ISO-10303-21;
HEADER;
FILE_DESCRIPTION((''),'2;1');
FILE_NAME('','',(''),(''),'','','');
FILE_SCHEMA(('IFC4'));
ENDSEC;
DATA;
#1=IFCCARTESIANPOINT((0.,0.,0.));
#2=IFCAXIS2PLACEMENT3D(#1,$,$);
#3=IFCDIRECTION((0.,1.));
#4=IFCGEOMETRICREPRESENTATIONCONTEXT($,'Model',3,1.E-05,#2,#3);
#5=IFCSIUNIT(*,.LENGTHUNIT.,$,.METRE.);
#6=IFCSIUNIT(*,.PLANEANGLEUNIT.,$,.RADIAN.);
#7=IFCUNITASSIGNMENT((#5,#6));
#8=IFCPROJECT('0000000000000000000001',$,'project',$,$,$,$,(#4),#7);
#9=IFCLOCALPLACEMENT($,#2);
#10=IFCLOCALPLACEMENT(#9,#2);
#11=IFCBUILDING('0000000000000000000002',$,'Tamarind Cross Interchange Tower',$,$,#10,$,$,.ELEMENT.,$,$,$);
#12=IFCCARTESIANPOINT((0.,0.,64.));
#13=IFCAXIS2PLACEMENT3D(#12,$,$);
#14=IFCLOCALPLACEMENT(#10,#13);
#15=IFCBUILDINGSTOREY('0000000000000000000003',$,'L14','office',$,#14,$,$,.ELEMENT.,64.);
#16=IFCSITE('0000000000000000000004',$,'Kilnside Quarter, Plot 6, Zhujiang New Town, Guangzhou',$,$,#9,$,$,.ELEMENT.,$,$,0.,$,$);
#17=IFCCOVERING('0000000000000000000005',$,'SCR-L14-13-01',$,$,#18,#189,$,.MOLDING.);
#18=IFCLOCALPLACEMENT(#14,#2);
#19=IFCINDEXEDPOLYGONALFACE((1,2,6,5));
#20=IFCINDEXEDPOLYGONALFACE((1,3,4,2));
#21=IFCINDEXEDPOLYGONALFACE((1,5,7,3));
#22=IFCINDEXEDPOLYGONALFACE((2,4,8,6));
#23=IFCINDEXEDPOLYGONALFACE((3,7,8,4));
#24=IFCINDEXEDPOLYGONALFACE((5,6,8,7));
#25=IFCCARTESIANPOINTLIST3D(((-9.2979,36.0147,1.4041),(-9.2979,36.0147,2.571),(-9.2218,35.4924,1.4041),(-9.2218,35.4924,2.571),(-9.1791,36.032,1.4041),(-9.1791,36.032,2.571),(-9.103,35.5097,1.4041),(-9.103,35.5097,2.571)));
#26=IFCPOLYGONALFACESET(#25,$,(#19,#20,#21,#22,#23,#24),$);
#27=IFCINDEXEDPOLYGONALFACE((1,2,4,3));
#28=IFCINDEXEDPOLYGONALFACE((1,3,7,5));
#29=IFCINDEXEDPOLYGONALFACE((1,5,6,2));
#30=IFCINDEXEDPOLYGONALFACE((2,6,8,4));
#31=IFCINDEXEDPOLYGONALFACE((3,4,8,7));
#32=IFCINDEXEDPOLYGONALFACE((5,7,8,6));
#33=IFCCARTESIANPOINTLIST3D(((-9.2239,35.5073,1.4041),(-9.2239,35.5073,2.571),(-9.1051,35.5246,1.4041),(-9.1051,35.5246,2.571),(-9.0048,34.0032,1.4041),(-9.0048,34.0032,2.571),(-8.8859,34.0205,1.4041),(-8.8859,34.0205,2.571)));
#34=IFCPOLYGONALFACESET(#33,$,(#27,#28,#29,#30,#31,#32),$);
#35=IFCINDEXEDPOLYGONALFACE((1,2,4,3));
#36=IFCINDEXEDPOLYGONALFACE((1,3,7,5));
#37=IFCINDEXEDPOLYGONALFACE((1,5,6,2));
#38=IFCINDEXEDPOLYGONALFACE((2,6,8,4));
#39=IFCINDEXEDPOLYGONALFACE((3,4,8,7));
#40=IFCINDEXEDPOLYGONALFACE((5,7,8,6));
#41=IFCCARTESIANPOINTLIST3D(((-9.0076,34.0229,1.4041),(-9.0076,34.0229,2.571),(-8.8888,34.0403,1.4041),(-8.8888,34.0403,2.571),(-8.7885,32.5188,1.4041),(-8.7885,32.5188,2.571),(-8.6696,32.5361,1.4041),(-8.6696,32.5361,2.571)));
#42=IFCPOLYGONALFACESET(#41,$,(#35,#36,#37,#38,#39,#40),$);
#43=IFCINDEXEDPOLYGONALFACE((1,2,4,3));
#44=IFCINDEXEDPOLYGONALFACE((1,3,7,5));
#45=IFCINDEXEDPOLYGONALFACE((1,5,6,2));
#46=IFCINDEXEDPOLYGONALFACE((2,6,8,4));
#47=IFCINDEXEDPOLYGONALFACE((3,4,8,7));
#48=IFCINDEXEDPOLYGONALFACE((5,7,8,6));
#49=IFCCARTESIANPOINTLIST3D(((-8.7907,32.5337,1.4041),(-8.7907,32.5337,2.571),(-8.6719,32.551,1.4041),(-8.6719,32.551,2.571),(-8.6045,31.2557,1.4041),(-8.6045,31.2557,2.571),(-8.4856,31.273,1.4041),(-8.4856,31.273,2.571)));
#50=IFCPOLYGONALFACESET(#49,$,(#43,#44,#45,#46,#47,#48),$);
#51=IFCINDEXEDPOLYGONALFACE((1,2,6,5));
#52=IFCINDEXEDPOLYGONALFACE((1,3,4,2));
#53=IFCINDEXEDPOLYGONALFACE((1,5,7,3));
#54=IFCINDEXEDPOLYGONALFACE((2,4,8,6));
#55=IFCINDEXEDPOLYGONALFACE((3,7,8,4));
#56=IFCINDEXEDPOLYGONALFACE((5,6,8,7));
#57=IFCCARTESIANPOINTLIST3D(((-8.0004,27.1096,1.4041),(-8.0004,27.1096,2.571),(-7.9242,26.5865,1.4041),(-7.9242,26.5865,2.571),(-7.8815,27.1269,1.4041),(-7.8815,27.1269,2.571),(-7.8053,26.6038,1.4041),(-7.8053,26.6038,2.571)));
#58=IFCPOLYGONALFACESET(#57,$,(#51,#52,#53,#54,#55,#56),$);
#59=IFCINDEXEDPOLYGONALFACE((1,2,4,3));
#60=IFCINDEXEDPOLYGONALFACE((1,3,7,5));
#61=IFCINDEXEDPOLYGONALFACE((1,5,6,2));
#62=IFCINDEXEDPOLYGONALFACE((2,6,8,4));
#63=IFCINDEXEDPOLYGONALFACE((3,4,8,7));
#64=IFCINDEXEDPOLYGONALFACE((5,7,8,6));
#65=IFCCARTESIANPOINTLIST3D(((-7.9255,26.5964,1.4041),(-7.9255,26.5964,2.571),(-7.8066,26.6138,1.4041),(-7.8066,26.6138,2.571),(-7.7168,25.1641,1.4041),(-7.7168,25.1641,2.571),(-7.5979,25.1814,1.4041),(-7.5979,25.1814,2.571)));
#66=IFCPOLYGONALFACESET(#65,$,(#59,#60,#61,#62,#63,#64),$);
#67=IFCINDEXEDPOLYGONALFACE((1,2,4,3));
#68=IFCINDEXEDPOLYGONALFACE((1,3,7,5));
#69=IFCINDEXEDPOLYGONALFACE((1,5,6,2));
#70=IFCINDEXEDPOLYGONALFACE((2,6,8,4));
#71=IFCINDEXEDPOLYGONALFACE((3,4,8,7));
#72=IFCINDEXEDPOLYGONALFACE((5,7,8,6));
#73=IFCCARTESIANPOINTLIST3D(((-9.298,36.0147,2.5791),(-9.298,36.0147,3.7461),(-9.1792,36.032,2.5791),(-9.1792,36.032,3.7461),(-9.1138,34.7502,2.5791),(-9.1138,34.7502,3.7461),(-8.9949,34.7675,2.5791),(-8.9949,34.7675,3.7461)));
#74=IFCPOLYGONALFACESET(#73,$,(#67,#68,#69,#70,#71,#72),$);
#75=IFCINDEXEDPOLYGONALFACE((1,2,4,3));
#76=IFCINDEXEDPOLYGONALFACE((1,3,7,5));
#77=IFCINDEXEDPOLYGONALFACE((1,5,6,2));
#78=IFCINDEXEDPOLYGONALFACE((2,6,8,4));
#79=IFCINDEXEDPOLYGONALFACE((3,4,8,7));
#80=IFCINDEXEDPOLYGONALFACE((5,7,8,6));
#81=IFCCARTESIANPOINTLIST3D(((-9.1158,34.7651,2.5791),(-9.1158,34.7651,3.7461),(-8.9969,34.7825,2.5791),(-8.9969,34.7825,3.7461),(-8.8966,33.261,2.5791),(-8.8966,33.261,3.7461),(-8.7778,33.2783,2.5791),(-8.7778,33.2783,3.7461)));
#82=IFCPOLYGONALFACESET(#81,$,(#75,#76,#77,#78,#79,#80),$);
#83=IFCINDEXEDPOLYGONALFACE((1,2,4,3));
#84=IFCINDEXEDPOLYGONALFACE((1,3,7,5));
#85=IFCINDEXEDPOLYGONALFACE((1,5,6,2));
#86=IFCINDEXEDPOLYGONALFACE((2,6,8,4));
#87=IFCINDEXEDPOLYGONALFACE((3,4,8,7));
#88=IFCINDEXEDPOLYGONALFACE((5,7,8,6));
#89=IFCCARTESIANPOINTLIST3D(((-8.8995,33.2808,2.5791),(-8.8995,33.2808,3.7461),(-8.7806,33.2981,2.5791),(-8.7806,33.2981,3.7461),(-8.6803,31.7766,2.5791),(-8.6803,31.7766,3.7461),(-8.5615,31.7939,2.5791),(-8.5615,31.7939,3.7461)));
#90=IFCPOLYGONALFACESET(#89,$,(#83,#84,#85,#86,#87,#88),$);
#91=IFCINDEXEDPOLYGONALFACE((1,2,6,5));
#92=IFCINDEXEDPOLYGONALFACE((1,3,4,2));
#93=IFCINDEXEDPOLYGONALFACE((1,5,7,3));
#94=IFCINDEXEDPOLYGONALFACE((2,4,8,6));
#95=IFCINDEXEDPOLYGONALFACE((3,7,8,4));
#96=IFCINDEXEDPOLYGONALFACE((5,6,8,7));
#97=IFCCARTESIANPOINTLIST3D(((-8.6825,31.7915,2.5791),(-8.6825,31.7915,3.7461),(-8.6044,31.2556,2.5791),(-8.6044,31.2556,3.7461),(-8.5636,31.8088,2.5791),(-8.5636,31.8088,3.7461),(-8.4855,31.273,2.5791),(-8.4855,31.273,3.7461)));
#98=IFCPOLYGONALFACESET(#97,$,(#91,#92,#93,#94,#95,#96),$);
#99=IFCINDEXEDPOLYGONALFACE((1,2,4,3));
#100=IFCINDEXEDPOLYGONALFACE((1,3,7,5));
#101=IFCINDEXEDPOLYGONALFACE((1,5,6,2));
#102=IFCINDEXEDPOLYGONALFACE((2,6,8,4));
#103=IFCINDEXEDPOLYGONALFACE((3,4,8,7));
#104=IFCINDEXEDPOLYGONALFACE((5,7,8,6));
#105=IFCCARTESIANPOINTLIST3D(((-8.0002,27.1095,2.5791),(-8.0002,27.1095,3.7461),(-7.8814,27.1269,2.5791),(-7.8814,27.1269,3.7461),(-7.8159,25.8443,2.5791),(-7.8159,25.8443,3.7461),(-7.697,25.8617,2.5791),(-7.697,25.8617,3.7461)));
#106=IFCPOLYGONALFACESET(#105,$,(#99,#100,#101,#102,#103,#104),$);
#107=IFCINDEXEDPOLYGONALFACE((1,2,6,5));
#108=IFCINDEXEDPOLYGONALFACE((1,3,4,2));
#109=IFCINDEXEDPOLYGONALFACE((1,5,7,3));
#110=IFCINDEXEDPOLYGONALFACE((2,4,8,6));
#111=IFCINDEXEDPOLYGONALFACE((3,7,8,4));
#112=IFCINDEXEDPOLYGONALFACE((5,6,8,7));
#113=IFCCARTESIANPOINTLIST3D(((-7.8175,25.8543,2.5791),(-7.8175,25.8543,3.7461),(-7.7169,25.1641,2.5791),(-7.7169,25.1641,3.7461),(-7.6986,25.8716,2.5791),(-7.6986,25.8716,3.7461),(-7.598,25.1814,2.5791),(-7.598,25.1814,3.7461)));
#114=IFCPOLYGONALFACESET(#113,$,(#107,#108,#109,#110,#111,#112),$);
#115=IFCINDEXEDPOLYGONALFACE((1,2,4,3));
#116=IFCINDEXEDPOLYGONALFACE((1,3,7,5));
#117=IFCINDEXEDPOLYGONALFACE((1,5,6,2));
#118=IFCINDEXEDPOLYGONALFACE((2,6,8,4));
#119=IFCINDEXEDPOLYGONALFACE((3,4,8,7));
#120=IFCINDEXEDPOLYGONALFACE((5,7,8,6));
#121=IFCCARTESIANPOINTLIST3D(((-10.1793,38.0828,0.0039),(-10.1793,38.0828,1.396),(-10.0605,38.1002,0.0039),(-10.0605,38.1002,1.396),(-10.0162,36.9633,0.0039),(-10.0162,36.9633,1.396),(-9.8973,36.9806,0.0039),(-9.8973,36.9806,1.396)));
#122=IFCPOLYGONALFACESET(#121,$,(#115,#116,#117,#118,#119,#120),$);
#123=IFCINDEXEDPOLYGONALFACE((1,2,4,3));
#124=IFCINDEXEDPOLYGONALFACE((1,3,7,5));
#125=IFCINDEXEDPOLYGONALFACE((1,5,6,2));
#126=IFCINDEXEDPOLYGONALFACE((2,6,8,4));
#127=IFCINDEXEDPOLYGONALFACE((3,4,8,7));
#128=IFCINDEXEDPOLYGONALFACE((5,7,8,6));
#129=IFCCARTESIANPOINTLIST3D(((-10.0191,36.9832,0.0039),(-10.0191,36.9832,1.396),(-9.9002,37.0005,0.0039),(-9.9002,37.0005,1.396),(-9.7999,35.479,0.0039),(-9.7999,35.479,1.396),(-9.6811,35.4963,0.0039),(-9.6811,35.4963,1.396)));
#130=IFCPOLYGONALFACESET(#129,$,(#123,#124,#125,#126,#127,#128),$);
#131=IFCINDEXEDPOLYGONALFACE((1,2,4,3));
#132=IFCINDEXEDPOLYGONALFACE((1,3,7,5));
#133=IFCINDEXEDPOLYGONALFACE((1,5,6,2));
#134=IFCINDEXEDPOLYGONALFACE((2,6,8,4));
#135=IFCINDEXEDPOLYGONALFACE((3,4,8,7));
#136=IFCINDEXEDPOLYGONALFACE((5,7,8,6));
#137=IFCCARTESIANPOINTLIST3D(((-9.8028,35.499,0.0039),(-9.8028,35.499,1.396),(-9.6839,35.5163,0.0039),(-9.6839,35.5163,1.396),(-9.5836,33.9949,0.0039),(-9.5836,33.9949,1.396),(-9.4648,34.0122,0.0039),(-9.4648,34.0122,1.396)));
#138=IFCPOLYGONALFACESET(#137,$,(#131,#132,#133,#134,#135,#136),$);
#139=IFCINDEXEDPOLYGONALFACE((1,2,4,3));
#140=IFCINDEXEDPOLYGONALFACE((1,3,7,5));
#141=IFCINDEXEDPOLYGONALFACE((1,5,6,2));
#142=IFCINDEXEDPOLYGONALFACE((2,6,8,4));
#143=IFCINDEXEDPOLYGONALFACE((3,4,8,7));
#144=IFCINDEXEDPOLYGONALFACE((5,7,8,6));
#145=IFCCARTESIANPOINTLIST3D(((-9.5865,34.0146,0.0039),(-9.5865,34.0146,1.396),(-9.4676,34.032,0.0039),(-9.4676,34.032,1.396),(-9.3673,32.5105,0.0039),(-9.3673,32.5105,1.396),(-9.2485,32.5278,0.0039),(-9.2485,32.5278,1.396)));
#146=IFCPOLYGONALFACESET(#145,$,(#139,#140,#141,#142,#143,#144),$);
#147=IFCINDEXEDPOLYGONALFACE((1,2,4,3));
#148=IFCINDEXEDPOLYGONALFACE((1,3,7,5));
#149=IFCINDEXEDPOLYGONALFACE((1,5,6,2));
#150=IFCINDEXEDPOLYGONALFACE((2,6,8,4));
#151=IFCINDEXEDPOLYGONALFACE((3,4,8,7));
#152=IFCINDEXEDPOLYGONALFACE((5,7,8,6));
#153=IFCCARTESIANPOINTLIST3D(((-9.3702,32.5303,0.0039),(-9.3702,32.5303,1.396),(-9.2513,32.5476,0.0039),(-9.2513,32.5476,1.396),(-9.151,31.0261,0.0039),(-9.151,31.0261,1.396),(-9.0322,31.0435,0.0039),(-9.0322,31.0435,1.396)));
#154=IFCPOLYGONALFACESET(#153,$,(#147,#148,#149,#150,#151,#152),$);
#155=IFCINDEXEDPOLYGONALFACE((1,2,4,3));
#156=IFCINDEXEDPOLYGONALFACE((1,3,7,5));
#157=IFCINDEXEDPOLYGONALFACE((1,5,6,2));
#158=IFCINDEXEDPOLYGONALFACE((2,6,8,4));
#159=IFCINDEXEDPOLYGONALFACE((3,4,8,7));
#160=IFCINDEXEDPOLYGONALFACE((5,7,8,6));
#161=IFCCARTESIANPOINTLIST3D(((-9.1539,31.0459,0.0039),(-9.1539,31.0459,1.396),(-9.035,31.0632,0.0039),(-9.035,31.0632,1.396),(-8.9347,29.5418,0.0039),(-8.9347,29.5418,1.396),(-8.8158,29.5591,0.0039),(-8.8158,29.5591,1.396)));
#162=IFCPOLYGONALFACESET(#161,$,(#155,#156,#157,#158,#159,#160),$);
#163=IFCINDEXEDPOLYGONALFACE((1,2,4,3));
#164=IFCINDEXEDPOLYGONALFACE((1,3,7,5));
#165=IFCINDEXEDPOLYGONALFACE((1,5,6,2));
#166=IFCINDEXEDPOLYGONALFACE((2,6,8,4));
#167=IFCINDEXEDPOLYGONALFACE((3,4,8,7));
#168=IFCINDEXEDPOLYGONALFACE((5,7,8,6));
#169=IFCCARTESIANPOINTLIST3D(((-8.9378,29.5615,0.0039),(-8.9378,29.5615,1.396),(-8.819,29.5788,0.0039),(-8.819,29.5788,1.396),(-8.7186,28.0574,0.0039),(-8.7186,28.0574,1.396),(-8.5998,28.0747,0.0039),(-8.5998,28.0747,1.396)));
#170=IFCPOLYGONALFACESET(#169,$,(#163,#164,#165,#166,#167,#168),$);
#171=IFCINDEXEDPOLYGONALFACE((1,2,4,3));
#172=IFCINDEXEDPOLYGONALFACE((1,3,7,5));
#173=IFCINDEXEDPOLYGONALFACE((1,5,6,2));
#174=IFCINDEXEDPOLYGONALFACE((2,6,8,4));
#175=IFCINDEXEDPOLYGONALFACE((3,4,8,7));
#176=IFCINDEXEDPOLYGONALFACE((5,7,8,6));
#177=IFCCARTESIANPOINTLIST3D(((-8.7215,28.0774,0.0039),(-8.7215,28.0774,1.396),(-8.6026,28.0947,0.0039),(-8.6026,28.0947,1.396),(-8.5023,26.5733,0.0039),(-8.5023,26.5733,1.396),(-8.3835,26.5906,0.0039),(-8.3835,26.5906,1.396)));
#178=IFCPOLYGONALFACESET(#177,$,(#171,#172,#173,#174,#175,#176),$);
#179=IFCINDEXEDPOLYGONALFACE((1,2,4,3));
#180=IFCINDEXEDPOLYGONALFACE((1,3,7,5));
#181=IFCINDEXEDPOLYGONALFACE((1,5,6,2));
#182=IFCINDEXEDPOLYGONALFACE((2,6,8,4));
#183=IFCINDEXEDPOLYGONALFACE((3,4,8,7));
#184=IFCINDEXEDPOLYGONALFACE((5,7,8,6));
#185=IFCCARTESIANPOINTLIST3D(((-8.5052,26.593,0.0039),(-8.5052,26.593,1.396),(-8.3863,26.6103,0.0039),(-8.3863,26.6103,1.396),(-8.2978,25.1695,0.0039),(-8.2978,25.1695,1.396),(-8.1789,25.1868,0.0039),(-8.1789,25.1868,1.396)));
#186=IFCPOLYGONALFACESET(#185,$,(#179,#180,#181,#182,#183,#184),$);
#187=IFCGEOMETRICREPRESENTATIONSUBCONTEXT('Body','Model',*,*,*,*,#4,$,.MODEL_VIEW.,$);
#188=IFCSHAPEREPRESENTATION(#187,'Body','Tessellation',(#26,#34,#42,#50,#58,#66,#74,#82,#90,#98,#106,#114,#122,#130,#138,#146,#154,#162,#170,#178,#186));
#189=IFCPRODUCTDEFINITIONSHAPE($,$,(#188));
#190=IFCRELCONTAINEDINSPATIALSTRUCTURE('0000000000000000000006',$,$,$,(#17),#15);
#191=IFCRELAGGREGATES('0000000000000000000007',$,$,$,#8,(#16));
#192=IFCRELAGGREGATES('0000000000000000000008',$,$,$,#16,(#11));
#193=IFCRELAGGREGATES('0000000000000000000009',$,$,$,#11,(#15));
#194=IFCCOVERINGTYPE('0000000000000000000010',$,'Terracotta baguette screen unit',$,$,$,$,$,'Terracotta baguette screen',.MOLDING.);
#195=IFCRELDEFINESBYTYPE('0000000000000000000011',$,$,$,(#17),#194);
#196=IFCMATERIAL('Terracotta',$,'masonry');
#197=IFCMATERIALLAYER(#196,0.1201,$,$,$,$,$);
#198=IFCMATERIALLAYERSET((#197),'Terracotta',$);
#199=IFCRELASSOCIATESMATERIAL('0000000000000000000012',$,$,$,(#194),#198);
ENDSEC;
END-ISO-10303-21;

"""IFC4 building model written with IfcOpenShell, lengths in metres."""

from ifc_helpers import new_model, si_unit, direction, frame, origin, origin_2d, place, context, subcontext, project, spatial, rectangle, extrude, material, layer, layer_set, type_object, element, save


model = new_model("IFC4")

# Units and contexts
model_context = context("Model", 3, precision=1e-05, world=origin(), true_north=direction((0.0, 1.0)))
body_context = subcontext(model_context, "Body", "Model", "MODEL_VIEW")
ifc_project = project(units=[si_unit("LENGTHUNIT", "METRE"), si_unit("PLANEANGLEUNIT", "RADIAN")], contexts=[model_context])

# Site, building, storey
site_placement = place(None, origin())
site = spatial("IfcSite", under=ifc_project, at=site_placement, Name="Kilnside Quarter, Plot 6, Zhujiang New Town, Guangzhou", CompositionType="ELEMENT", RefElevation=0.0)
building_placement = place(site_placement, origin())
building = spatial("IfcBuilding", under=site, at=building_placement, Name="Tamarind Cross Interchange Tower", CompositionType="ELEMENT")
storey_placement = place(building_placement, frame((0.0, 0.0, 64.0)))
storey = spatial("IfcBuildingStorey", under=building, at=storey_placement, Name="L14", Description="office", CompositionType="ELEMENT", Elevation=64.0)

# Covering
ifc_material_1 = material(Name="Terracotta", Category="masonry")
ifc_layer_1 = layer(ifc_material_1, 0.1201)
ifc_layer_set_1 = layer_set([ifc_layer_1], Name="Terracotta")
covering_type = type_object("IfcCoveringType", Name="Terracotta baguette screen unit", ElementType="Terracotta baguette screen", PredefinedType="MOLDING", material=ifc_layer_set_1)
covering_1_placement = place(storey_placement, origin())
element("IfcCovering", 1, at=covering_1_placement, inside=storey, type_object=covering_type, Name="SCR-L14-13-01", PredefinedType="MOLDING", context=body_context, shape_type="SweptSolid", body=[
    extrude(rectangle(XDim=0.5278, YDim=0.1201, at=origin_2d()), frame((-9.2004, 35.7622, 1.4041), z_axis=(0.0, 0.0, 1.0), x_axis=(0.144187, -0.98955, 0.0)), (0.0, 0.0, 1.0), 1.167),
    extrude(rectangle(XDim=1.52, YDim=0.1201, at=origin_2d()), frame((-9.0549, 34.7639, 1.4041), z_axis=(0.0, 0.0, 1.0), x_axis=(0.144187, -0.98955, 0.0)), (0.0, 0.0, 1.0), 1.167),
    extrude(rectangle(XDim=1.52, YDim=0.1201, at=origin_2d()), frame((-8.8386, 33.2795, 1.4041), z_axis=(0.0, 0.0, 1.0), x_axis=(0.144187, -0.98955, 0.0)), (0.0, 0.0, 1.0), 1.167),
    extrude(rectangle(XDim=1.2915, YDim=0.1201, at=origin_2d()), frame((-8.6382, 31.9033, 1.4041), z_axis=(0.0, 0.0, 1.0), x_axis=(0.144187, -0.98955, 0.0)), (0.0, 0.0, 1.0), 1.167),
    extrude(rectangle(XDim=0.5286, YDim=0.1201, at=origin_2d()), frame((-7.9028, 26.8567, 1.4041), z_axis=(0.0, 0.0, 1.0), x_axis=(0.144187, -0.98955, 0.0)), (0.0, 0.0, 1.0), 1.167),
    extrude(rectangle(XDim=1.4475, YDim=0.1201, at=origin_2d()), frame((-7.7617, 25.8889, 1.4041), z_axis=(0.0, 0.0, 1.0), x_axis=(0.144187, -0.98955, 0.0)), (0.0, 0.0, 1.0), 1.167),
    extrude(rectangle(XDim=1.2778, YDim=0.1201, at=origin_2d()), frame((-9.1465, 35.3911, 2.5791), z_axis=(0.0, 0.0, 1.0), x_axis=(0.144187, -0.98955, 0.0)), (0.0, 0.0, 1.0), 1.167),
    extrude(rectangle(XDim=1.52, YDim=0.1201, at=origin_2d()), frame((-8.9468, 34.0217, 2.5791), z_axis=(0.0, 0.0, 1.0), x_axis=(0.144187, -0.98955, 0.0)), (0.0, 0.0, 1.0), 1.167),
    extrude(rectangle(XDim=1.52, YDim=0.1201, at=origin_2d()), frame((-8.7305, 32.5374, 2.5791), z_axis=(0.0, 0.0, 1.0), x_axis=(0.144187, -0.98955, 0.0)), (0.0, 0.0, 1.0), 1.167),
    extrude(rectangle(XDim=0.5415, YDim=0.1201, at=origin_2d()), frame((-8.584, 31.5322, 2.5791), z_axis=(0.0, 0.0, 1.0), x_axis=(0.144187, -0.98955, 0.0)), (0.0, 0.0, 1.0), 1.167),
    extrude(rectangle(XDim=1.2786, YDim=0.1201, at=origin_2d()), frame((-7.8486, 26.4856, 2.5791), z_axis=(0.0, 0.0, 1.0), x_axis=(0.144187, -0.98955, 0.0)), (0.0, 0.0, 1.0), 1.167),
    extrude(rectangle(XDim=0.6975, YDim=0.1201, at=origin_2d()), frame((-7.7078, 25.5178, 2.5791), z_axis=(0.0, 0.0, 1.0), x_axis=(0.144187, -0.98955, 0.0)), (0.0, 0.0, 1.0), 1.167),
    extrude(rectangle(XDim=1.1313, YDim=0.1201, at=origin_2d()), frame((-10.0383, 37.5317, 0.0039), z_axis=(0.0, 0.0, 1.0), x_axis=(0.144187, -0.98955, 0.0)), (0.0, 0.0, 1.0), 1.3921),
    extrude(rectangle(XDim=1.52, YDim=0.1201, at=origin_2d()), frame((-9.8501, 36.2397, 0.0039), z_axis=(0.0, 0.0, 1.0), x_axis=(0.144187, -0.98955, 0.0)), (0.0, 0.0, 1.0), 1.3921),
    extrude(rectangle(XDim=1.52, YDim=0.1201, at=origin_2d()), frame((-9.6338, 34.7556, 0.0039), z_axis=(0.0, 0.0, 1.0), x_axis=(0.144187, -0.98955, 0.0)), (0.0, 0.0, 1.0), 1.3921),
    extrude(rectangle(XDim=1.52, YDim=0.1201, at=origin_2d()), frame((-9.4175, 33.2712, 0.0039), z_axis=(0.0, 0.0, 1.0), x_axis=(0.144187, -0.98955, 0.0)), (0.0, 0.0, 1.0), 1.3921),
    extrude(rectangle(XDim=1.52, YDim=0.1201, at=origin_2d()), frame((-9.2012, 31.7869, 0.0039), z_axis=(0.0, 0.0, 1.0), x_axis=(0.144187, -0.98955, 0.0)), (0.0, 0.0, 1.0), 1.3921),
    extrude(rectangle(XDim=1.52, YDim=0.1201, at=origin_2d()), frame((-8.9849, 30.3025, 0.0039), z_axis=(0.0, 0.0, 1.0), x_axis=(0.144187, -0.98955, 0.0)), (0.0, 0.0, 1.0), 1.3921),
    extrude(rectangle(XDim=1.52, YDim=0.1201, at=origin_2d()), frame((-8.7688, 28.8181, 0.0039), z_axis=(0.0, 0.0, 1.0), x_axis=(0.144187, -0.98955, 0.0)), (0.0, 0.0, 1.0), 1.3921),
    extrude(rectangle(XDim=1.52, YDim=0.1201, at=origin_2d()), frame((-8.5525, 27.334, 0.0039), z_axis=(0.0, 0.0, 1.0), x_axis=(0.144187, -0.98955, 0.0)), (0.0, 0.0, 1.0), 1.3921),
    extrude(rectangle(XDim=1.4385, YDim=0.1201, at=origin_2d()), frame((-8.342, 25.8899, 0.0039), z_axis=(0.0, 0.0, 1.0), x_axis=(0.144187, -0.98955, 0.0)), (0.0, 0.0, 1.0), 1.3921),
])

save(model, "model.ifc")
